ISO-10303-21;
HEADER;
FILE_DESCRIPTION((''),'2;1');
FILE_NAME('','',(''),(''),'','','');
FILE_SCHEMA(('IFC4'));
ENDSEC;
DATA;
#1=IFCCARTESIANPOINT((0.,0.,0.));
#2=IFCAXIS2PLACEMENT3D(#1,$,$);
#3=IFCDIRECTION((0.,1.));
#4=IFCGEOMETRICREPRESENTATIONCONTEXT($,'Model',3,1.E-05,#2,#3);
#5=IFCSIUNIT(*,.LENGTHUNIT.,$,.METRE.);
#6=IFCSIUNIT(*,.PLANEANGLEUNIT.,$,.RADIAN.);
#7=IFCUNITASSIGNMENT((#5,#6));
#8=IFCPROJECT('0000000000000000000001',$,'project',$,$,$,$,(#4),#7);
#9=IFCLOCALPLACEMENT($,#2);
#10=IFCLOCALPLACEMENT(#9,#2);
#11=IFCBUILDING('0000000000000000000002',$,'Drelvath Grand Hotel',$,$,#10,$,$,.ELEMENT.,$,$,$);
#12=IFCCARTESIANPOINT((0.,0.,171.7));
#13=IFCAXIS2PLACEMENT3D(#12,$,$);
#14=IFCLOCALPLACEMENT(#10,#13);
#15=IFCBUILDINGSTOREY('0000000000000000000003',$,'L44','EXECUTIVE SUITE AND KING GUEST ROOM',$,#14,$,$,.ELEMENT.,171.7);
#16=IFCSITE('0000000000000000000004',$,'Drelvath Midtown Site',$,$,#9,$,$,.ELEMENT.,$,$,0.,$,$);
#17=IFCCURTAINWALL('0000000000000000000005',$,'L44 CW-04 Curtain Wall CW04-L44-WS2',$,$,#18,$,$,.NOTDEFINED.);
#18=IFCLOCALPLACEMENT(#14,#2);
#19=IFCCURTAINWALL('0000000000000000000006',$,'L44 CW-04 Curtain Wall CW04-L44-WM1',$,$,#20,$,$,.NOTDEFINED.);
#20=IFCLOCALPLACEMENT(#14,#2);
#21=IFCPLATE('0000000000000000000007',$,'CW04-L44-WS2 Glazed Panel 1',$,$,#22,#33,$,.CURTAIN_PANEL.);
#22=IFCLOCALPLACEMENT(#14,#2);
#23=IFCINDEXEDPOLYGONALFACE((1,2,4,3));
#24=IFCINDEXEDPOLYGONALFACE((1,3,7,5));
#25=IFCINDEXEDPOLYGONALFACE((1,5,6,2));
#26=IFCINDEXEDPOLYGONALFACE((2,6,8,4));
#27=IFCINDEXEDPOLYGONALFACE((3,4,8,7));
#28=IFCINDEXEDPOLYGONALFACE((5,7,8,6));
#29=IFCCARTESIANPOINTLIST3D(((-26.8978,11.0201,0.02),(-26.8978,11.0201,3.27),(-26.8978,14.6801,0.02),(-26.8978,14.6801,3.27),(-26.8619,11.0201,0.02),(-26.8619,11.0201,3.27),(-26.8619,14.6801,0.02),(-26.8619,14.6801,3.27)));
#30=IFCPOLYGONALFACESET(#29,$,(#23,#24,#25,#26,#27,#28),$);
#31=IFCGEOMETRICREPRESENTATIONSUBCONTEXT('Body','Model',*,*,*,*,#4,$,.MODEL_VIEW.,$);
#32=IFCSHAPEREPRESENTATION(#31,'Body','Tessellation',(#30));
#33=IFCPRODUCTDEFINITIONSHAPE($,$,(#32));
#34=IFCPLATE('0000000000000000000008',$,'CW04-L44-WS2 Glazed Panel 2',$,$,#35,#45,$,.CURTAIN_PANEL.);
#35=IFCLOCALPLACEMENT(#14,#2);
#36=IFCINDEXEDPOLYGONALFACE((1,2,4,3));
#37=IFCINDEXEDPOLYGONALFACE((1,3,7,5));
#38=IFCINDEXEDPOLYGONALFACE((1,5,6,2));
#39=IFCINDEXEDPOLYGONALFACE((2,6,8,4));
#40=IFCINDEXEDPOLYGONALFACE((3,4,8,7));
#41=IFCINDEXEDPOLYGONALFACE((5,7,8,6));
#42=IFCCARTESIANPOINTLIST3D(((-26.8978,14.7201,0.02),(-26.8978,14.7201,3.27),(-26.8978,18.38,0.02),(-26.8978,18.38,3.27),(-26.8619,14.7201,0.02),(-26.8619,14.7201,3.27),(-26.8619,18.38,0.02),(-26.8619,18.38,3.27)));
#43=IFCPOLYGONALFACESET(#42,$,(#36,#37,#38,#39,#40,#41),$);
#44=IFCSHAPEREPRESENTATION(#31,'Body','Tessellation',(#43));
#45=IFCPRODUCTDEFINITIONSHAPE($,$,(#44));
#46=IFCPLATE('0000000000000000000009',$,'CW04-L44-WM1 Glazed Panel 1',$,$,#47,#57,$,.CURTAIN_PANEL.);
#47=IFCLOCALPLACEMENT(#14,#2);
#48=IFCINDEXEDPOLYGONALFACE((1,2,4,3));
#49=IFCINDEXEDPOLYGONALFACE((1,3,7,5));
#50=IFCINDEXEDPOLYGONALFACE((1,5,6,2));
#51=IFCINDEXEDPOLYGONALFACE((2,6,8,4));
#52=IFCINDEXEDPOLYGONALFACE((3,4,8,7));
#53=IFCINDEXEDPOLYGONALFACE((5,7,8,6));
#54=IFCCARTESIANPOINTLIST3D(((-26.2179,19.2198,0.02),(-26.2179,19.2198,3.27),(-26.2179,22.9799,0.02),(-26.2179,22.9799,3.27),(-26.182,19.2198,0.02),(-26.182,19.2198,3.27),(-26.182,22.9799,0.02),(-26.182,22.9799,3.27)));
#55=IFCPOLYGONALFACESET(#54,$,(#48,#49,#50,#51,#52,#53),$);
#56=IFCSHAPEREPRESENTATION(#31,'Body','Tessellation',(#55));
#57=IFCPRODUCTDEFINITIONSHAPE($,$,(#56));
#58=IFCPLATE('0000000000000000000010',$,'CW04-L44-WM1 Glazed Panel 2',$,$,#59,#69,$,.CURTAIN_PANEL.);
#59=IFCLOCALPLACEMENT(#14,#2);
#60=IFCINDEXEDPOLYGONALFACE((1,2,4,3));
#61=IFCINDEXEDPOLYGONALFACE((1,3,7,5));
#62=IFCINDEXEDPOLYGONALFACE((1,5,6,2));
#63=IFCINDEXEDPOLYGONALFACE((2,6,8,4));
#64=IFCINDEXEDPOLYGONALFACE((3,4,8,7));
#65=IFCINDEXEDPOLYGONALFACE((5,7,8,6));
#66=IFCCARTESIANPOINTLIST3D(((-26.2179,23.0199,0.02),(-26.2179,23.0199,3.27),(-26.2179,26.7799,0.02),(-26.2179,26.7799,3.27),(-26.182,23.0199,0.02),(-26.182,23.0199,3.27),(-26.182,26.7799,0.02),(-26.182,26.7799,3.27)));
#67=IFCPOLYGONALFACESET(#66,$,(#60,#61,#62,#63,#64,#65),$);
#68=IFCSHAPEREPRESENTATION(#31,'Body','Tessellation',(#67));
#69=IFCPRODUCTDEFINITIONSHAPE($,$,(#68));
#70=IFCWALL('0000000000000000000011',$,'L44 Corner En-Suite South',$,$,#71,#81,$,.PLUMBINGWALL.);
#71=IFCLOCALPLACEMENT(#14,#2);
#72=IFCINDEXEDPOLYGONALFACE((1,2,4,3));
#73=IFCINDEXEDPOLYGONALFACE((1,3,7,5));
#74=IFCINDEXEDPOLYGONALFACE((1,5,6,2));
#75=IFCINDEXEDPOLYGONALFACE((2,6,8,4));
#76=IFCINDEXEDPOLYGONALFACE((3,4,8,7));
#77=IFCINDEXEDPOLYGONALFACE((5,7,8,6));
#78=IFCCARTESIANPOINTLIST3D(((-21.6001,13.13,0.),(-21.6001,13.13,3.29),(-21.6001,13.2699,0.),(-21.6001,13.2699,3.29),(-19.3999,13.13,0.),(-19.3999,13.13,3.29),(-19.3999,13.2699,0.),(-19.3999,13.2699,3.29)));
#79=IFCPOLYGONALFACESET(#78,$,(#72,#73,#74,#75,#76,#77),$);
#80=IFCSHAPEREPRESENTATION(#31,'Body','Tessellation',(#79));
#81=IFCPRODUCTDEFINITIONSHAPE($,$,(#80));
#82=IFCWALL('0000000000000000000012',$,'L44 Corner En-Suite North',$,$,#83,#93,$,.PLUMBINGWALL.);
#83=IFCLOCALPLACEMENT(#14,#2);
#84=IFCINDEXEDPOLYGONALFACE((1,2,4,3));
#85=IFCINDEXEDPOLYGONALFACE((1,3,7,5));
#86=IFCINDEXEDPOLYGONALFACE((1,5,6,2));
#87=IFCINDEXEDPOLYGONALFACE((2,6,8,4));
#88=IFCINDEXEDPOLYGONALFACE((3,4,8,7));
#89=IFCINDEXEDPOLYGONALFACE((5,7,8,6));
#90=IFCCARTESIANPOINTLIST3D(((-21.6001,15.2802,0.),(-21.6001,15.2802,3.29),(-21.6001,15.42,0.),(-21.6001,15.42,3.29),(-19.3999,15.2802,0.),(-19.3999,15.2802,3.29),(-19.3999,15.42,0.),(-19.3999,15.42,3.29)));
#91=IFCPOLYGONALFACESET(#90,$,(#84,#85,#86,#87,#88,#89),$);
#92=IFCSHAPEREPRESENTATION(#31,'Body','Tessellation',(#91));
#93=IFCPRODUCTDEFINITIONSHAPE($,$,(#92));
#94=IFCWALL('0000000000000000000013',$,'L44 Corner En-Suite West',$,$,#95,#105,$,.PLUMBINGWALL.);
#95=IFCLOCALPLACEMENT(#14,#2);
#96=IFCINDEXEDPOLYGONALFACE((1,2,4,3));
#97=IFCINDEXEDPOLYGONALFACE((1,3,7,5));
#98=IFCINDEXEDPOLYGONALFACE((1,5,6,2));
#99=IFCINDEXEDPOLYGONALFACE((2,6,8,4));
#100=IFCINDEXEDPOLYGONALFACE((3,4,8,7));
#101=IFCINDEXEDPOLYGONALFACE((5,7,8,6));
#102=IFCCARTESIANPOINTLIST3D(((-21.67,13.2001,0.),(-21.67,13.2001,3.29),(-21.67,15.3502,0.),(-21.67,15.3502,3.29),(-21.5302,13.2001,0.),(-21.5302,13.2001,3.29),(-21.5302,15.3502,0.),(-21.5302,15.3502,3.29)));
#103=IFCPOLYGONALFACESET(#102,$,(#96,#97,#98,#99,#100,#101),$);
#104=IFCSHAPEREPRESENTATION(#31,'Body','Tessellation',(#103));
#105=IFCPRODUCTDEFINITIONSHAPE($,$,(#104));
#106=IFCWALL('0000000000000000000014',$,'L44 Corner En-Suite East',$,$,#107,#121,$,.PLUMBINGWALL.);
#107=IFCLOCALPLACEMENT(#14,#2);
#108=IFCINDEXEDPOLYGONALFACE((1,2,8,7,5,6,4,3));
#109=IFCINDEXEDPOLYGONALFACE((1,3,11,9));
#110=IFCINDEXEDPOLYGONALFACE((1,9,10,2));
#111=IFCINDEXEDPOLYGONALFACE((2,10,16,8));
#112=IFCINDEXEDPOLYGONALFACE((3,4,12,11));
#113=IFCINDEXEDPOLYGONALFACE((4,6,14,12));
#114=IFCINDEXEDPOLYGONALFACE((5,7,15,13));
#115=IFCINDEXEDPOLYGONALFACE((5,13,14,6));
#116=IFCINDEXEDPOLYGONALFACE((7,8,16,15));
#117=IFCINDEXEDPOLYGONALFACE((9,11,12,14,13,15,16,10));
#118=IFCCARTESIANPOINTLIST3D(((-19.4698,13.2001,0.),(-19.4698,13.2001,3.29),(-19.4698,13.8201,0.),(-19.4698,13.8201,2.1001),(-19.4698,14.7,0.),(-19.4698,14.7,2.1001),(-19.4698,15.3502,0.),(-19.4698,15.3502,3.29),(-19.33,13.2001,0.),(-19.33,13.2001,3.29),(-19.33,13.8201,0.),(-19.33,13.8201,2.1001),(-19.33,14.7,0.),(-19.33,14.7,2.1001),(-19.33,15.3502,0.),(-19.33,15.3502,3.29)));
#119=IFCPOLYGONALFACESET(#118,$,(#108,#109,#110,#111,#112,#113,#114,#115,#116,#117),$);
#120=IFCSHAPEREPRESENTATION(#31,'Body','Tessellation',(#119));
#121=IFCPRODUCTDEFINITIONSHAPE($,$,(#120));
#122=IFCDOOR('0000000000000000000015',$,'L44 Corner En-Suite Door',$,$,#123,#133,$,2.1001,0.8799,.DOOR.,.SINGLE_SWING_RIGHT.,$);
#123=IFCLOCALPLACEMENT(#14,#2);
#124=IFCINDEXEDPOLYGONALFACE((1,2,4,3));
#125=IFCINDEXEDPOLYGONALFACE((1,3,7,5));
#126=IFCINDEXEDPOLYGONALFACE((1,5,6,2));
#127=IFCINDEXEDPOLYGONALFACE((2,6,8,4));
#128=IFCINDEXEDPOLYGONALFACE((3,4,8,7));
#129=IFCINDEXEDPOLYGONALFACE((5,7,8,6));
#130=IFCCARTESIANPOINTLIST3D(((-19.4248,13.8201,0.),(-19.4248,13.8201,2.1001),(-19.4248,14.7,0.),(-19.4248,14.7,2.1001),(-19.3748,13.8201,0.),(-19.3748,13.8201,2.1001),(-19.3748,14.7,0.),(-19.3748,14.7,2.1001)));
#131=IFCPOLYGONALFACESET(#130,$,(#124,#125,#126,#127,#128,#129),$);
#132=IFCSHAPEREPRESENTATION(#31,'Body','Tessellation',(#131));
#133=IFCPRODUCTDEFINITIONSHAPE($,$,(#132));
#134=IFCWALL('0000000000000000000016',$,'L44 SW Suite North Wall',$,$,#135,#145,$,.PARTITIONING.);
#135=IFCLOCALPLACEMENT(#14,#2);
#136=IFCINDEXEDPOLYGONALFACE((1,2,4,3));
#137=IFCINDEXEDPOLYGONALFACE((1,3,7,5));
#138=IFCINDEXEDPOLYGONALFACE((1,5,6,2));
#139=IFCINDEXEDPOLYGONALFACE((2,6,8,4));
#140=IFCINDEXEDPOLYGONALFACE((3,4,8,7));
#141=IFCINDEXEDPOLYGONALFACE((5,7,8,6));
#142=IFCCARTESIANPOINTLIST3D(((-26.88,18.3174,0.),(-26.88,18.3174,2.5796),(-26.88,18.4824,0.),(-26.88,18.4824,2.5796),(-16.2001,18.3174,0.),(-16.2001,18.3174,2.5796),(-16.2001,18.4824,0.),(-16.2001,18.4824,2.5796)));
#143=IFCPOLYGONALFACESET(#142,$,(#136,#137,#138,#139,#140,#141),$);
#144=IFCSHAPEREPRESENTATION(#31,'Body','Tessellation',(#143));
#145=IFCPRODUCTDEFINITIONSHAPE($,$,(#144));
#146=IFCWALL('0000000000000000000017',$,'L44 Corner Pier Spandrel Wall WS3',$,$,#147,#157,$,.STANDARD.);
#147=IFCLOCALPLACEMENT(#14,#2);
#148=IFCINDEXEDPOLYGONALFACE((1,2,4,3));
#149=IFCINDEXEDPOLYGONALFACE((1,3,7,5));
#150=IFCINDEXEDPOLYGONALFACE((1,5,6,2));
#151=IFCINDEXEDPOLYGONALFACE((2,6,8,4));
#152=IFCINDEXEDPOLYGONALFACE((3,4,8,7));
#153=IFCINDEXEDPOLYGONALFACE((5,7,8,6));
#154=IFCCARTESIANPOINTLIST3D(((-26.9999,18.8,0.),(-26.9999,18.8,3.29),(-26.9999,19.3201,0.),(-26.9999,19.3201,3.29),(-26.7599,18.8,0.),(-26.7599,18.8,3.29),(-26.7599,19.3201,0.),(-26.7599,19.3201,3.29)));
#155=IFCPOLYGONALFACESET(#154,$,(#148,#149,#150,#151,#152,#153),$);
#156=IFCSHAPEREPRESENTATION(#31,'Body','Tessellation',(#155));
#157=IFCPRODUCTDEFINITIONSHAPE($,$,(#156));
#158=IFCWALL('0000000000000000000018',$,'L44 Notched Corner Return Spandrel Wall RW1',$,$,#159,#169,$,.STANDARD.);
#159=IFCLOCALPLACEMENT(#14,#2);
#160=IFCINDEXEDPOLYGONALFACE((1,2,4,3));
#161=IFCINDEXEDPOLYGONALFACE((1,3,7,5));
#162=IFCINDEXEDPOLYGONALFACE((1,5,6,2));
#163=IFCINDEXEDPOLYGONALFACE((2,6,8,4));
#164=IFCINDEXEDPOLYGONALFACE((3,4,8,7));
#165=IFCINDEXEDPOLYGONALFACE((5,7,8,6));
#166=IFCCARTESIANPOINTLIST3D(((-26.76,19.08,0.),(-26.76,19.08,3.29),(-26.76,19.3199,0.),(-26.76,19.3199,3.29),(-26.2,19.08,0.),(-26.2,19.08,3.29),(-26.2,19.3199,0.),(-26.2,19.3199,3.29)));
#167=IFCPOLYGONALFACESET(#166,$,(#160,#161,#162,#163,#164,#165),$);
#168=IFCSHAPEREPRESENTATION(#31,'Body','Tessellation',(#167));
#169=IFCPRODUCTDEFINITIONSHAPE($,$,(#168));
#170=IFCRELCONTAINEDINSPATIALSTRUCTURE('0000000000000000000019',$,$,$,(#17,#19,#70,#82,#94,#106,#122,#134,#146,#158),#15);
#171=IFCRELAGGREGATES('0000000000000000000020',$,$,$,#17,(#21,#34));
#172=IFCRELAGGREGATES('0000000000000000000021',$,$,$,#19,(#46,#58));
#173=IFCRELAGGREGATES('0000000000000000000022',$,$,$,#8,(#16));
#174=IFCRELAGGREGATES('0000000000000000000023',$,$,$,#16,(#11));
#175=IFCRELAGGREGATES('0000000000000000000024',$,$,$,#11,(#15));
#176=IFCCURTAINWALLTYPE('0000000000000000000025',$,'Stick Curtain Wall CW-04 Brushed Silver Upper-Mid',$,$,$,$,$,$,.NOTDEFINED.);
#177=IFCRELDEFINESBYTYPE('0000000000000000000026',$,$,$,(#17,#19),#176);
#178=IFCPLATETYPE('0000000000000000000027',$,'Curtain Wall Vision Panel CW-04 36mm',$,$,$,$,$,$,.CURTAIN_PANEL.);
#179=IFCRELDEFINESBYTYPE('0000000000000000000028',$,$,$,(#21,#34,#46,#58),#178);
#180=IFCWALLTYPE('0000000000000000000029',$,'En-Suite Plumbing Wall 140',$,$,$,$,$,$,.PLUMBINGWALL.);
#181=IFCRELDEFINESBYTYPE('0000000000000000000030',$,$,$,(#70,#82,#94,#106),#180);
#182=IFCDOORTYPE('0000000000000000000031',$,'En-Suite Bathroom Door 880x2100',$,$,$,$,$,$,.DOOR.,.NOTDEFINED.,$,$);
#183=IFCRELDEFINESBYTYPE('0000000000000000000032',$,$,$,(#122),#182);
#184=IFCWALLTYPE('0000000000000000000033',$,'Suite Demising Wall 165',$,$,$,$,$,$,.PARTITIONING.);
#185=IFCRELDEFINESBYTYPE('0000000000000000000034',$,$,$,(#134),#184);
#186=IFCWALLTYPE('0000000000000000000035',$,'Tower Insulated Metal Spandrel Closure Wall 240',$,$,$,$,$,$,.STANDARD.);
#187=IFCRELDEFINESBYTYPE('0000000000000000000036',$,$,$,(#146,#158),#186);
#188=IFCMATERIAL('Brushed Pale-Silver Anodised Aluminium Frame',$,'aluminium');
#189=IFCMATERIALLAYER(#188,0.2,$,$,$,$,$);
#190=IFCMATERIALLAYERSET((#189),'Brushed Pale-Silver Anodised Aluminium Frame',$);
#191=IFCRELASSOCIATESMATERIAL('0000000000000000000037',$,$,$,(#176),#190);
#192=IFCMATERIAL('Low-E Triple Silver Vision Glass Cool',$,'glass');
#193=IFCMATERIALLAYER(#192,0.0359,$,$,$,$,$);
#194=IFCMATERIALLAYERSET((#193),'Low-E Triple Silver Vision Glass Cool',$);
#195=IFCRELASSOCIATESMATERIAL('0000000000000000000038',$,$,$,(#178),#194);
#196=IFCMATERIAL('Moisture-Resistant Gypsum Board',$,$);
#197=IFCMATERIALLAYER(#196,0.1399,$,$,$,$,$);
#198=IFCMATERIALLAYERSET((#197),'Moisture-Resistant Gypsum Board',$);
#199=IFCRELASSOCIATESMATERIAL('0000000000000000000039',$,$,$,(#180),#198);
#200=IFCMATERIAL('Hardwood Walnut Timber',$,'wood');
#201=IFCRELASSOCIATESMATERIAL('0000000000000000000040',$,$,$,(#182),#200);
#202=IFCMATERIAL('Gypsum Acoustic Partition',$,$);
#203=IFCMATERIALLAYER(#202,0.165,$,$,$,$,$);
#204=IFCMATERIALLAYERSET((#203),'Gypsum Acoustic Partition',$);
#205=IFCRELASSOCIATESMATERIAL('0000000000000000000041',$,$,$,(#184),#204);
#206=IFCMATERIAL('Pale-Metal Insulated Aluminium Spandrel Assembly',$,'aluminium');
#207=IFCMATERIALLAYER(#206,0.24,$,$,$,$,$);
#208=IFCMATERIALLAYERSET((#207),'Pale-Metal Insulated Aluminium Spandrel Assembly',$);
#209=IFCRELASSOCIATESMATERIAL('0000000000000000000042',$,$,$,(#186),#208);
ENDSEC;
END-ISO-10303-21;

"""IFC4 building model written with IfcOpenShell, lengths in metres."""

from ifc_helpers import new_model, si_unit, direction, frame, frame_2d, origin, origin_2d, place, context, subcontext, project, spatial, rectangle, extrude, material, layer, layer_set, type_object, element, fill, aggregate, save


model = new_model("IFC4")

# Units and contexts
model_context = context("Model", 3, precision=1e-05, world=origin(), true_north=direction((0.0, 1.0)))
body_context = subcontext(model_context, "Body", "Model", "MODEL_VIEW")
ifc_project = project(units=[si_unit("LENGTHUNIT", "METRE"), si_unit("PLANEANGLEUNIT", "RADIAN")], contexts=[model_context])

# Site, building, storey
site_placement = place(None, origin())
site = spatial("IfcSite", under=ifc_project, at=site_placement, Name="Drelvath Midtown Site", CompositionType="ELEMENT", RefElevation=0.0)
building_placement = place(site_placement, origin())
building = spatial("IfcBuilding", under=site, at=building_placement, Name="Drelvath Grand Hotel", CompositionType="ELEMENT")
storey_placement = place(building_placement, frame((0.0, 0.0, 171.7)))
storey = spatial("IfcBuildingStorey", under=building, at=storey_placement, Name="L44", Description="EXECUTIVE SUITE AND KING GUEST ROOM", CompositionType="ELEMENT", Elevation=171.7)

# Curtain walls
ifc_material_1 = material(Name="Brushed Pale-Silver Anodised Aluminium Frame", Category="aluminium")
ifc_layer_1 = layer(ifc_material_1, 0.2)
ifc_layer_set_1 = layer_set([ifc_layer_1], Name="Brushed Pale-Silver Anodised Aluminium Frame")
curtain_wall_type = type_object("IfcCurtainWallType", Name="Stick Curtain Wall CW-04 Brushed Silver Upper-Mid", PredefinedType="NOTDEFINED", material=ifc_layer_set_1)
curtain_wall_1_placement = place(storey_placement, origin())
curtain_wall_1 = element("IfcCurtainWall", 1, at=curtain_wall_1_placement, inside=storey, type_object=curtain_wall_type, Name="L44 CW-04 Curtain Wall CW04-L44-WS2", PredefinedType="NOTDEFINED")
curtain_wall_2_placement = place(storey_placement, origin())
curtain_wall_2 = element("IfcCurtainWall", 2, at=curtain_wall_2_placement, inside=storey, type_object=curtain_wall_type, Name="L44 CW-04 Curtain Wall CW04-L44-WM1", PredefinedType="NOTDEFINED")

# Plates
ifc_material_2 = material(Name="Low-E Triple Silver Vision Glass Cool", Category="glass")
ifc_layer_2 = layer(ifc_material_2, 0.0359)
ifc_layer_set_2 = layer_set([ifc_layer_2], Name="Low-E Triple Silver Vision Glass Cool")
plate_type = type_object("IfcPlateType", Name="Curtain Wall Vision Panel CW-04 36mm", PredefinedType="CURTAIN_PANEL", material=ifc_layer_set_2)
plate_1_placement = place(storey_placement, frame((-26.8799, 12.8501, 0.02), z_axis=(0.0, 0.0, 1.0), x_axis=(0.0, 1.0, 0.0)))
plate_1 = element("IfcPlate", 3, at=plate_1_placement, type_object=plate_type, Name="CW04-L44-WS2 Glazed Panel 1", PredefinedType="CURTAIN_PANEL", context=body_context, shape_type="SweptSolid", body=[
    extrude(rectangle(XDim=3.6599, YDim=0.0359, at=origin_2d()), origin(), (0.0, 0.0, 1.0), 3.25),
])
plate_2_placement = place(storey_placement, frame((-26.8799, 16.55, 0.02), z_axis=(0.0, 0.0, 1.0), x_axis=(0.0, 1.0, 0.0)))
plate_2 = element("IfcPlate", 4, at=plate_2_placement, type_object=plate_type, Name="CW04-L44-WS2 Glazed Panel 2", PredefinedType="CURTAIN_PANEL", context=body_context, shape_type="SweptSolid", body=[
    extrude(rectangle(XDim=3.6599, YDim=0.0359, at=origin_2d()), origin(), (0.0, 0.0, 1.0), 3.25),
])
aggregate(curtain_wall_1, [plate_1, plate_2])
plate_3_placement = place(storey_placement, frame((-26.2, 21.0999, 0.02), z_axis=(0.0, 0.0, 1.0), x_axis=(0.0, 1.0, 0.0)))
plate_3 = element("IfcPlate", 5, at=plate_3_placement, type_object=plate_type, Name="CW04-L44-WM1 Glazed Panel 1", PredefinedType="CURTAIN_PANEL", context=body_context, shape_type="SweptSolid", body=[
    extrude(rectangle(XDim=3.76, YDim=0.0359, at=origin_2d()), origin(), (0.0, 0.0, 1.0), 3.25),
])
plate_4_placement = place(storey_placement, frame((-26.2, 24.8999, 0.02), z_axis=(0.0, 0.0, 1.0), x_axis=(0.0, 1.0, 0.0)))
plate_4 = element("IfcPlate", 6, at=plate_4_placement, type_object=plate_type, Name="CW04-L44-WM1 Glazed Panel 2", PredefinedType="CURTAIN_PANEL", context=body_context, shape_type="SweptSolid", body=[
    extrude(rectangle(XDim=3.76, YDim=0.0359, at=origin_2d()), origin(), (0.0, 0.0, 1.0), 3.25),
])
aggregate(curtain_wall_2, [plate_3, plate_4])

# Walls
ifc_material_3 = material(Name="Moisture-Resistant Gypsum Board")
ifc_layer_3 = layer(ifc_material_3, 0.1399)
ifc_layer_set_3 = layer_set([ifc_layer_3], Name="Moisture-Resistant Gypsum Board")
wall_type_1 = type_object("IfcWallType", Name="En-Suite Plumbing Wall 140", PredefinedType="PLUMBINGWALL", material=ifc_layer_set_3)
for number, where, z_axis, x_axis, name in (
    (7, (-21.6001, 13.2, 0.0), (0.0, 0.0, 1.0), (1.0, 0.0, 0.0), "L44 Corner En-Suite South"),
    (8, (-21.6001, 15.3501, 0.0), (0.0, 0.0, 1.0), (1.0, 0.0, 0.0), "L44 Corner En-Suite North"),
):
    element("IfcWall", number, at=place(storey_placement, frame(where, z_axis=z_axis, x_axis=x_axis)), inside=storey, type_object=wall_type_1, Name=name, PredefinedType="PLUMBINGWALL", context=body_context, shape_type="SweptSolid", body=[
        extrude(rectangle(XDim=2.2002, YDim=0.1399, at=frame_2d((1.1001, 0.0))), origin(), (0.0, 0.0, 1.0), 3.29),
    ])
wall_1_placement = place(storey_placement, frame((-21.6001, 13.2, 0.0), z_axis=(0.0, 0.0, 1.0), x_axis=(0.0, 1.0, 0.0)))
element("IfcWall", 9, at=wall_1_placement, inside=storey, type_object=wall_type_1, Name="L44 Corner En-Suite West", PredefinedType="PLUMBINGWALL", context=body_context, shape_type="SweptSolid", body=[
    extrude(rectangle(XDim=2.1501, YDim=0.1399, at=frame_2d((1.0752, 0.0))), origin(), (0.0, 0.0, 1.0), 3.29),
])

# Wall, opening, door
wall_2_placement = place(storey_placement, frame((-19.3999, 13.2, 0.0), z_axis=(0.0, 0.0, 1.0), x_axis=(0.0, 1.0, 0.0)))
wall_2 = element("IfcWall", 10, at=wall_2_placement, inside=storey, type_object=wall_type_1, Name="L44 Corner En-Suite East", PredefinedType="PLUMBINGWALL", context=body_context, shape_type="SweptSolid", body=[
    extrude(rectangle(XDim=2.1501, YDim=0.1399, at=frame_2d((1.0752, 0.0))), origin(), (0.0, 0.0, 1.0), 3.29),
])
opening_placement = place(wall_2_placement, frame((0.6201, 0.0, 0.0)))
opening = element("IfcOpeningElement", 11, at=opening_placement, cuts=wall_2, PredefinedType="OPENING", context=body_context, shape_type="SweptSolid", body=[
    extrude(rectangle(XDim=0.8799, YDim=2.1001, at=frame_2d((0.4399, 1.05))), frame((0.0, 0.0798, 0.0), z_axis=(0.0, -1.0, 0.0), x_axis=(1.0, 0.0, 0.0)), (0.0, 0.0, 1.0), 0.1599),
])
ifc_material_4 = material(Name="Hardwood Walnut Timber", Category="wood")
door_type = type_object("IfcDoorType", Name="En-Suite Bathroom Door 880x2100", OperationType="NOTDEFINED", PredefinedType="DOOR", material=ifc_material_4)
door_placement = place(opening_placement, origin())
door = element("IfcDoor", 12, at=door_placement, inside=storey, type_object=door_type, Name="L44 Corner En-Suite Door", OperationType="SINGLE_SWING_RIGHT", OverallHeight=2.1001, OverallWidth=0.8799, PredefinedType="DOOR", context=body_context, shape_type="SweptSolid", body=[
    extrude(rectangle(XDim=0.8799, YDim=2.1001, at=frame_2d((0.4399, 1.05))), frame((0.0, 0.0249, 0.0), z_axis=(0.0, -1.0, 0.0), x_axis=(1.0, 0.0, 0.0)), (0.0, 0.0, 1.0), 0.05),
])
fill(opening, door)

# Walls
ifc_material_5 = material(Name="Gypsum Acoustic Partition")
ifc_layer_4 = layer(ifc_material_5, 0.165)
ifc_layer_set_4 = layer_set([ifc_layer_4], Name="Gypsum Acoustic Partition")
wall_type_2 = type_object("IfcWallType", Name="Suite Demising Wall 165", PredefinedType="PARTITIONING", material=ifc_layer_set_4)
wall_3_placement = place(storey_placement, frame((-26.8799, 18.3999, 0.0), z_axis=(0.0, 0.0, 1.0), x_axis=(1.0, 0.0, 0.0)))
element("IfcWall", 13, at=wall_3_placement, inside=storey, type_object=wall_type_2, Name="L44 SW Suite North Wall", PredefinedType="PARTITIONING", context=body_context, shape_type="SweptSolid", body=[
    extrude(rectangle(XDim=10.6799, YDim=0.165, at=frame_2d((5.3398, 0.0))), origin(), (0.0, 0.0, 1.0), 2.5796),
])
ifc_material_6 = material(Name="Pale-Metal Insulated Aluminium Spandrel Assembly", Category="aluminium")
ifc_layer_5 = layer(ifc_material_6, 0.24)
ifc_layer_set_5 = layer_set([ifc_layer_5], Name="Pale-Metal Insulated Aluminium Spandrel Assembly")
wall_type_3 = type_object("IfcWallType", Name="Tower Insulated Metal Spandrel Closure Wall 240", PredefinedType="STANDARD", material=ifc_layer_set_5)
wall_4_placement = place(storey_placement, frame((-26.8799, 18.8, 0.0), z_axis=(0.0, 0.0, 1.0), x_axis=(0.0, 1.0, 0.0)))
element("IfcWall", 14, at=wall_4_placement, inside=storey, type_object=wall_type_3, Name="L44 Corner Pier Spandrel Wall WS3", PredefinedType="STANDARD", context=body_context, shape_type="SweptSolid", body=[
    extrude(rectangle(XDim=0.52, YDim=0.24, at=frame_2d((0.26, 0.0))), origin(), (0.0, 0.0, 1.0), 3.29),
])
wall_5_placement = place(storey_placement, frame((-26.76, 19.2, 0.0), z_axis=(0.0, 0.0, 1.0), x_axis=(1.0, 0.0, 0.0)))
element("IfcWall", 15, at=wall_5_placement, inside=storey, type_object=wall_type_3, Name="L44 Notched Corner Return Spandrel Wall RW1", PredefinedType="STANDARD", context=body_context, shape_type="SweptSolid", body=[
    extrude(rectangle(XDim=0.5601, YDim=0.24, at=frame_2d((0.28, 0.0))), origin(), (0.0, 0.0, 1.0), 3.29),
])

save(model, "model.ifc")
